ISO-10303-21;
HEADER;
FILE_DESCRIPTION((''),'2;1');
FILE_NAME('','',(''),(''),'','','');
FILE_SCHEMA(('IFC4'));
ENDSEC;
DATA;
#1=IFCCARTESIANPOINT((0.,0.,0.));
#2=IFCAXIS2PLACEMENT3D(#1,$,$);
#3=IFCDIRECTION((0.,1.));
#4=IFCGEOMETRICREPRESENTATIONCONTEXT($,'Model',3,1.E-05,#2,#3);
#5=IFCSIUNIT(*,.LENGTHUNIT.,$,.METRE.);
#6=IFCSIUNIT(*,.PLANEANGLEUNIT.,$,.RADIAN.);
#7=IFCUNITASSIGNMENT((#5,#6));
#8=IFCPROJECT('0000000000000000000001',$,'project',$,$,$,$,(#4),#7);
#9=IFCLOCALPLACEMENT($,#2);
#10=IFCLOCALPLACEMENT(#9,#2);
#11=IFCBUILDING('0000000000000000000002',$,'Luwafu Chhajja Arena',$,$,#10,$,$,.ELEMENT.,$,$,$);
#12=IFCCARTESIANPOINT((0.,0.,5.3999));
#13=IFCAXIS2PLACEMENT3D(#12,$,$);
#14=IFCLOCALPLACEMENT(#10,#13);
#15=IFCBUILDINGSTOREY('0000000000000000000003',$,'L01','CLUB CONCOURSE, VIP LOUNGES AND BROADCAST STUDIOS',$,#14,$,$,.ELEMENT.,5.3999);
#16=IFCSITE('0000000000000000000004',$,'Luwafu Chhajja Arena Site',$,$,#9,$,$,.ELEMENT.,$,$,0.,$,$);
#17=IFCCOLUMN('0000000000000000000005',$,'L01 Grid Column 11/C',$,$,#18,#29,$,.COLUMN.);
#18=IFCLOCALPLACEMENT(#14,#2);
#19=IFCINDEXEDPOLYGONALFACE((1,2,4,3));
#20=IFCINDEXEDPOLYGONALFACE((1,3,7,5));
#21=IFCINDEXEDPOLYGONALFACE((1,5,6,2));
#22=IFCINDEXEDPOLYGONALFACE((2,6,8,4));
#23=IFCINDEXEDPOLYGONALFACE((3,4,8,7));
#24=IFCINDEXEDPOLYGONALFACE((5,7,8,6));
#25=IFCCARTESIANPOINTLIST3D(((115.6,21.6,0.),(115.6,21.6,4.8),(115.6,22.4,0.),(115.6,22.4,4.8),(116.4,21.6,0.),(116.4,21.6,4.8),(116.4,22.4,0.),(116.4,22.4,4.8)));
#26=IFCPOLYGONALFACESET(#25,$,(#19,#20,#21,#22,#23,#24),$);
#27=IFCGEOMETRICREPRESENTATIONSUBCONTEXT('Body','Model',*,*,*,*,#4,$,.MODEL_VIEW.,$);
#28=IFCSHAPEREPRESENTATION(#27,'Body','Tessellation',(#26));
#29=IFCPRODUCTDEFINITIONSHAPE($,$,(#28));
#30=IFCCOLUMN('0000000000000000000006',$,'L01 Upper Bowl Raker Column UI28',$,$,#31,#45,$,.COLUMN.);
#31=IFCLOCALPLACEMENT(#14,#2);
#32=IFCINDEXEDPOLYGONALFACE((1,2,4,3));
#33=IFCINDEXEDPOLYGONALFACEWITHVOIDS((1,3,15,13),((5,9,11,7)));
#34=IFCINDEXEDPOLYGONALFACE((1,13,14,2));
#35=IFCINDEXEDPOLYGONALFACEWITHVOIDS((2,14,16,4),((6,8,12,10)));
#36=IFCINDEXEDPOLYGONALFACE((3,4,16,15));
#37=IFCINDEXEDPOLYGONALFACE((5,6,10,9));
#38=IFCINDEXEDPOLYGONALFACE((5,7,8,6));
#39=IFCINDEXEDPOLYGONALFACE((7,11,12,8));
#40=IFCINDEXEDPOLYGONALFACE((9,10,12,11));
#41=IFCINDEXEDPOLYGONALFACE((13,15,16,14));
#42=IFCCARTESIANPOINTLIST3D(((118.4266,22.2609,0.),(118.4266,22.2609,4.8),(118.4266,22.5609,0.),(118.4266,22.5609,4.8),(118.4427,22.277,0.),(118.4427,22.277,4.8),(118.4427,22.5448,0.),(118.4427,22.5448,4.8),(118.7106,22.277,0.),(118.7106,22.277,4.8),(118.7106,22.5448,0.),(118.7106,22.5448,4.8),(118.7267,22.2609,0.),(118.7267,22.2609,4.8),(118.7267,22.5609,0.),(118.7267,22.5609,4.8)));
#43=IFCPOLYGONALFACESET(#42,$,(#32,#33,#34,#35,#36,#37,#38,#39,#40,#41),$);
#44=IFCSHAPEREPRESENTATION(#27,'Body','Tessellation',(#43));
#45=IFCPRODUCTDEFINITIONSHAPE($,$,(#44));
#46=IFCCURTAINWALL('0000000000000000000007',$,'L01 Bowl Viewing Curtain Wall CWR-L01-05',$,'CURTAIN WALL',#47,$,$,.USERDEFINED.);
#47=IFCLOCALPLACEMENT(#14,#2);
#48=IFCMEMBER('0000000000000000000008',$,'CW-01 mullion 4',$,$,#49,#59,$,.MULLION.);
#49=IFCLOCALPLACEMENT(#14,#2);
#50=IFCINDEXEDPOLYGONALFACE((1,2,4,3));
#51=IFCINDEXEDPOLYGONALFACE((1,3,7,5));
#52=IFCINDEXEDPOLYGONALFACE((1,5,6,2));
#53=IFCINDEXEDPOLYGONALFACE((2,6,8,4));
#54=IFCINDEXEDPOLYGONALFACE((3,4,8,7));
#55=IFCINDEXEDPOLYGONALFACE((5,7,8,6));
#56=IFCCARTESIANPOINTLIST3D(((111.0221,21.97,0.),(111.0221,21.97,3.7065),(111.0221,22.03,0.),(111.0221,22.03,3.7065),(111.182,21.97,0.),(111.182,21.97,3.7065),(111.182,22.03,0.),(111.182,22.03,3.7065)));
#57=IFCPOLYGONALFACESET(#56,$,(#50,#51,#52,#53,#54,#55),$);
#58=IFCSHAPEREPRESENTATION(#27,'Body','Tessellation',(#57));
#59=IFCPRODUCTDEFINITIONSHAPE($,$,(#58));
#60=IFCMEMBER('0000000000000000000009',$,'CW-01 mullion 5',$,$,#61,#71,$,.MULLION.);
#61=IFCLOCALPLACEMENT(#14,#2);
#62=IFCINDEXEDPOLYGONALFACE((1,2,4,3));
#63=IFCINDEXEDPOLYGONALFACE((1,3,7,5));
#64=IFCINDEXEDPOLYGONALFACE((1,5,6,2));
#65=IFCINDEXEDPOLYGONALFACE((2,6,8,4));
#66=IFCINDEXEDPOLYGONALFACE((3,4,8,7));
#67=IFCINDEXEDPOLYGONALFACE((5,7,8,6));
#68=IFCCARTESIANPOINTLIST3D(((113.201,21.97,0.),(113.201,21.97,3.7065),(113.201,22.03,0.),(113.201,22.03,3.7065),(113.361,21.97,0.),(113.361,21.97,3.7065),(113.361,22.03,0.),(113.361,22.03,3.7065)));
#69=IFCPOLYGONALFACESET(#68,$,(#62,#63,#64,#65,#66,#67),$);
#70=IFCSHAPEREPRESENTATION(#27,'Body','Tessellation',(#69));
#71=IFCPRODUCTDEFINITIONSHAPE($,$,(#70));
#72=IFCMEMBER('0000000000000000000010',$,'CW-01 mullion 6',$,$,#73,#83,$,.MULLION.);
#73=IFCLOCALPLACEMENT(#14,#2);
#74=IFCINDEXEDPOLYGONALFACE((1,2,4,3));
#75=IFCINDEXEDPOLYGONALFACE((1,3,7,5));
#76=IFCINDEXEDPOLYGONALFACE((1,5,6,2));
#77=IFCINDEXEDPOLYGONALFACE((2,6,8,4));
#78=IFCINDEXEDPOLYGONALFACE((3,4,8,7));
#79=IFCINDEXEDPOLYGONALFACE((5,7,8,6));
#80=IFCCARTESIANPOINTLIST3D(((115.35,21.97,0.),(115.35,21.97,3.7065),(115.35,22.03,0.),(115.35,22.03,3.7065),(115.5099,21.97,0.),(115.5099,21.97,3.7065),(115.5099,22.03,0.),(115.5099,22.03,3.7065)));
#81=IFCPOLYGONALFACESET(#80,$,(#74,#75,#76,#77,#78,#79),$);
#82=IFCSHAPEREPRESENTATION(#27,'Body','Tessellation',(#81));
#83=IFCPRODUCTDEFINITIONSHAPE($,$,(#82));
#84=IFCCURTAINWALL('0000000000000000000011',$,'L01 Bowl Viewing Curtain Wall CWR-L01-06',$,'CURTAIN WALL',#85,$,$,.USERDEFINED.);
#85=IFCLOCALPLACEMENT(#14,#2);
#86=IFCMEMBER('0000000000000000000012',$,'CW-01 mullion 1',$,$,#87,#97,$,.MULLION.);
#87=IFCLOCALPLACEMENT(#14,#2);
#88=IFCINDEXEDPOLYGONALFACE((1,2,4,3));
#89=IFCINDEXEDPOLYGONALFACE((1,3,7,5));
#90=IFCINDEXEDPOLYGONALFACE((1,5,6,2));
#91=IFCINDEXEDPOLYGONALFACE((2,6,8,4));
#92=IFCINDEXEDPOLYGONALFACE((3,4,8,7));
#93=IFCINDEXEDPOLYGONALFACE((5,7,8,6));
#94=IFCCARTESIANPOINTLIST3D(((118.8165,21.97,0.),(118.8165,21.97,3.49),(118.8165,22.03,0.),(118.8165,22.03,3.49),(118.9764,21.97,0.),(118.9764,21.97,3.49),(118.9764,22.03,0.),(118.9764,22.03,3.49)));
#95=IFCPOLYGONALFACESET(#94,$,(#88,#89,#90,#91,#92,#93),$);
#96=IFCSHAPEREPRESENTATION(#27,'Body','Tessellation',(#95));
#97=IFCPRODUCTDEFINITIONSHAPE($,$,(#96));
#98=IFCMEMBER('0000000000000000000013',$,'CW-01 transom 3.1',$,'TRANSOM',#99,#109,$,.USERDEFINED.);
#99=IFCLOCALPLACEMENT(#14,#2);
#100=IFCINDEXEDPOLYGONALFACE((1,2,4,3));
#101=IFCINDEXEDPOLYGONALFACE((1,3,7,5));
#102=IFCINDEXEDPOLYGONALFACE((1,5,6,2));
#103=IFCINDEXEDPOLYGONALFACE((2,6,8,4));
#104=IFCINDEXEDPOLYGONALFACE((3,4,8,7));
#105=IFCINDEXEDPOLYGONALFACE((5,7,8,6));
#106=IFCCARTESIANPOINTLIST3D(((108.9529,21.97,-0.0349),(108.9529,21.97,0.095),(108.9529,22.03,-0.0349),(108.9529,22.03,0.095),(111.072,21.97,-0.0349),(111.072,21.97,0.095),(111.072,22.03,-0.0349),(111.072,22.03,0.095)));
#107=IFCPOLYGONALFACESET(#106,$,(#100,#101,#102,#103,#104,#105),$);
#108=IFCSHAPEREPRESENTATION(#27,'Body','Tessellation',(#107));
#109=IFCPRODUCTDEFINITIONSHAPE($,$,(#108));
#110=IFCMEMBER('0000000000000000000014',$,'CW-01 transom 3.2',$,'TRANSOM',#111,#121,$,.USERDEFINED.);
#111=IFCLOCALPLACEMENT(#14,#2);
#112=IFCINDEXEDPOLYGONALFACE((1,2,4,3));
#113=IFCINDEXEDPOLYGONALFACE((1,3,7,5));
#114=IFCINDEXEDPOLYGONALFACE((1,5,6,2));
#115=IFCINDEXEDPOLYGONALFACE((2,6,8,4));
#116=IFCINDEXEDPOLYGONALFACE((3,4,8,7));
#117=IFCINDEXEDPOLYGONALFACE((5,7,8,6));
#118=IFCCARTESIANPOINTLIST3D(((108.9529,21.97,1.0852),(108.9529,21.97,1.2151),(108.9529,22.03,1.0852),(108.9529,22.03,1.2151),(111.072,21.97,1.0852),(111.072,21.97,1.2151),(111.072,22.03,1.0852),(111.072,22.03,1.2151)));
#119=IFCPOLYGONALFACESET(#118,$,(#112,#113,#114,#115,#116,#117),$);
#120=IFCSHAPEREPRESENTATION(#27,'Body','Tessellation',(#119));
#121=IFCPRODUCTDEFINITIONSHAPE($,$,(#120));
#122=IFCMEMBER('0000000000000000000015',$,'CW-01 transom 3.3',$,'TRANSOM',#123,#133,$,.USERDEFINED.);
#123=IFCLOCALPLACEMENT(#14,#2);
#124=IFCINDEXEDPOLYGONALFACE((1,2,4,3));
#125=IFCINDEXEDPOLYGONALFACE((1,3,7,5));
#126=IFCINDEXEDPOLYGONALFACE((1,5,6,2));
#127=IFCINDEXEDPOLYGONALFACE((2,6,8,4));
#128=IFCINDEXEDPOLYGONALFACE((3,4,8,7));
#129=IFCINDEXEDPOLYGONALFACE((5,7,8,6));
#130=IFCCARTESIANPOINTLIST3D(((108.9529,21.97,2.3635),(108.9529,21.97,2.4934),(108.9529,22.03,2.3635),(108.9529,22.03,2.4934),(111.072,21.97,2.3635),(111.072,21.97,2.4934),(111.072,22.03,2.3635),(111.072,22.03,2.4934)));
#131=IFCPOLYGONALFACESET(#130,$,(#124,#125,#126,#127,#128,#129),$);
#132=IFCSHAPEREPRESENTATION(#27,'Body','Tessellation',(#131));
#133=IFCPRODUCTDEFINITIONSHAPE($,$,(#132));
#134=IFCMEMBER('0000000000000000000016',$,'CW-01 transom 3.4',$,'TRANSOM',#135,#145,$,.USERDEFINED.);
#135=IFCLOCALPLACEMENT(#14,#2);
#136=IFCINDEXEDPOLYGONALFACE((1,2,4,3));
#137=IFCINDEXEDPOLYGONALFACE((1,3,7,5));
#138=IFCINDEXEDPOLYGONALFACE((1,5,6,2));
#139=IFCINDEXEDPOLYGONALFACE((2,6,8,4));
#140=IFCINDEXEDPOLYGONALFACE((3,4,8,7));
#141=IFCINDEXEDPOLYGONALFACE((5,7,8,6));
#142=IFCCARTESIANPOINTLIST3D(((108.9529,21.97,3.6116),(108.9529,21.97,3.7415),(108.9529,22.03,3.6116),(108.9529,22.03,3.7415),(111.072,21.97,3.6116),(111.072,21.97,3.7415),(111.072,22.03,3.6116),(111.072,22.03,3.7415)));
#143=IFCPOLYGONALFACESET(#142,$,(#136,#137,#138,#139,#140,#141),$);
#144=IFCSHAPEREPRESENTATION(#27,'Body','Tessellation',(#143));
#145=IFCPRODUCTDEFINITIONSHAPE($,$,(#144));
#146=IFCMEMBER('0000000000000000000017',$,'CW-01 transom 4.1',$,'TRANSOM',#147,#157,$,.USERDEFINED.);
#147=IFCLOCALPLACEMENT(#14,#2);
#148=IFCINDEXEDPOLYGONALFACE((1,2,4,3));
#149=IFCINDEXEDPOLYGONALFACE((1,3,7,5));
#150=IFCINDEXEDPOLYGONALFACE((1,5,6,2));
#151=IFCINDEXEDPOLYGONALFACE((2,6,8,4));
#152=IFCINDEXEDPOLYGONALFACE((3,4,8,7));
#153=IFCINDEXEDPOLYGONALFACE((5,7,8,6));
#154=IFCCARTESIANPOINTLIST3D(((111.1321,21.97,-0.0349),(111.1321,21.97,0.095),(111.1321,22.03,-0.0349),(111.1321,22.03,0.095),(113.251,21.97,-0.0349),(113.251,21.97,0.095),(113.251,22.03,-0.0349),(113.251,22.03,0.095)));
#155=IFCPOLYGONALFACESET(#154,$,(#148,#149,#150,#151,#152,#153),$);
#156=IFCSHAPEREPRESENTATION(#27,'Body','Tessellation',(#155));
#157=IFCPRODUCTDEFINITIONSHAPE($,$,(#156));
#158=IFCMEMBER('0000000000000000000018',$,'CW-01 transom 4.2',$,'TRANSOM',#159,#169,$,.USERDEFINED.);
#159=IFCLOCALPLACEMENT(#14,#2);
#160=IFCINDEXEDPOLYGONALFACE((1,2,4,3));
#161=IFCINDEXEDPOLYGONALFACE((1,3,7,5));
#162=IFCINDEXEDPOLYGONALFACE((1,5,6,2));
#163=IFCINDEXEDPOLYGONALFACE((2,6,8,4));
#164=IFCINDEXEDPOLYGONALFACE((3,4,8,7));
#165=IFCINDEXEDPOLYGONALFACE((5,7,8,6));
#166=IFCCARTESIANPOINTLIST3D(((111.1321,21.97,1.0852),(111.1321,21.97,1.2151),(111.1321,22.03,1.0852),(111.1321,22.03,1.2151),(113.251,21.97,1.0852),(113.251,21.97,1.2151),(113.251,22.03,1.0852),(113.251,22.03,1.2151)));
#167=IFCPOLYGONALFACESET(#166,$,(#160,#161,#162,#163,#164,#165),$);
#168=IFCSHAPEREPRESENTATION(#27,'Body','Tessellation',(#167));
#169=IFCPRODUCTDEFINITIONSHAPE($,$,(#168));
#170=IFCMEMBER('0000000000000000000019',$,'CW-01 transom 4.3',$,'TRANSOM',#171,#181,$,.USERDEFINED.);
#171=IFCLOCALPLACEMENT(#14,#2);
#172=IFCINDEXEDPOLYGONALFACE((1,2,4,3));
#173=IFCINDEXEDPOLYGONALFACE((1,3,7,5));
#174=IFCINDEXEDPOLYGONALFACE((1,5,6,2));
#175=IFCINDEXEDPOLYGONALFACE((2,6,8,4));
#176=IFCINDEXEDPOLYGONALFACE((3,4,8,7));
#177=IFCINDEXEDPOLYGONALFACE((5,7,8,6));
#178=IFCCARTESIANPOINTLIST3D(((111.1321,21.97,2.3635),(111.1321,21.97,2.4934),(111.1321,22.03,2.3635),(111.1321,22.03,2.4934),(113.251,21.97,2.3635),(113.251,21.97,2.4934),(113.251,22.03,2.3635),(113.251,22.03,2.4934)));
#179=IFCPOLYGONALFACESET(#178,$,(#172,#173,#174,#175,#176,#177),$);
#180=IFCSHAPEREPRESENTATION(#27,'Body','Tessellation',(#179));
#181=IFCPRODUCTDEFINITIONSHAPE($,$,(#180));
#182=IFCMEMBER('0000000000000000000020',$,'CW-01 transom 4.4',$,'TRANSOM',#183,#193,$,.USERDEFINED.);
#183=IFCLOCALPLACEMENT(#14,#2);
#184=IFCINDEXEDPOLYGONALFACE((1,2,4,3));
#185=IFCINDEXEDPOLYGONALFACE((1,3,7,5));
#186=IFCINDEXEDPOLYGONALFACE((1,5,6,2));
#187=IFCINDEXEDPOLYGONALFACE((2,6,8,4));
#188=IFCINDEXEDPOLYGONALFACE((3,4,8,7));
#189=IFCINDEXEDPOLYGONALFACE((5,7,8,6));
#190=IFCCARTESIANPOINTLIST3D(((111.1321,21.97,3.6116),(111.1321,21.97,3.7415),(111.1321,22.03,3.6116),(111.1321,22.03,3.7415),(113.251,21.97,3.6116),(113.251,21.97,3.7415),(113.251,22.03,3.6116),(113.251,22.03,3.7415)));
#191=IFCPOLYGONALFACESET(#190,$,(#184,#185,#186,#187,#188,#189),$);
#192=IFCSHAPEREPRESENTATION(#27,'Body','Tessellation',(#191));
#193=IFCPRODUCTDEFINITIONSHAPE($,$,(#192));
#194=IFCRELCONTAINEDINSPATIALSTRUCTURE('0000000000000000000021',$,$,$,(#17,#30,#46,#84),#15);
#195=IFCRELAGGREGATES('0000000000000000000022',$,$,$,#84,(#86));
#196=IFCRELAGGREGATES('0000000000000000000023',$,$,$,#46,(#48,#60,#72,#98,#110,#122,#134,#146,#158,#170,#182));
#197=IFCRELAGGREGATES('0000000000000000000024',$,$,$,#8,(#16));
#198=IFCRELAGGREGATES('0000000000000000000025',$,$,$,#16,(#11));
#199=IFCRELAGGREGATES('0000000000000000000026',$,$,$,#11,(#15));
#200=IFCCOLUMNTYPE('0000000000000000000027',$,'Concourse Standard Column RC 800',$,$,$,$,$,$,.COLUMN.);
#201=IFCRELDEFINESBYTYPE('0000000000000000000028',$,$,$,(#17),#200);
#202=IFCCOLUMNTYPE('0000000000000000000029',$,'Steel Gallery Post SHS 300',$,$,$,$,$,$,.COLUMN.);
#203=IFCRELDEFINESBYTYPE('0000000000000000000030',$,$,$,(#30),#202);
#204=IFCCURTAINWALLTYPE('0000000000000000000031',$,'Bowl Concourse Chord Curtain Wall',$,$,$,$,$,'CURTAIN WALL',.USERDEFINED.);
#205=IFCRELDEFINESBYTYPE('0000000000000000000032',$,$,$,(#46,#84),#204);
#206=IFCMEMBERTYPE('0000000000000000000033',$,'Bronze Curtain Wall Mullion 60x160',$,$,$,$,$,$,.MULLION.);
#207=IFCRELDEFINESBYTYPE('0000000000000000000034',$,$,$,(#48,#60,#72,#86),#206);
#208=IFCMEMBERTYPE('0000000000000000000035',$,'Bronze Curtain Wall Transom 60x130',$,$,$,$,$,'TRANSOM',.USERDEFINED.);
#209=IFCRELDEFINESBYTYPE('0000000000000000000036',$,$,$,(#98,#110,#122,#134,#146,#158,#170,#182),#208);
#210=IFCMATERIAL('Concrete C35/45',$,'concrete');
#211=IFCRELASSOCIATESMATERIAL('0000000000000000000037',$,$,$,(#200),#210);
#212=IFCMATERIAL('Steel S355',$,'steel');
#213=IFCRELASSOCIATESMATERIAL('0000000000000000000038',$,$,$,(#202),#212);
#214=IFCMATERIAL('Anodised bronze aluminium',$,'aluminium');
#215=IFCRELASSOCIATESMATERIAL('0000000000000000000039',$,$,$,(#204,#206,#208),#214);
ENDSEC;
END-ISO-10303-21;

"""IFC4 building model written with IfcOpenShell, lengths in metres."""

from ifc_helpers import new_model, si_unit, direction, frame, origin, origin_2d, place, context, subcontext, project, spatial, rectangle, hollow_rectangle, extrude, material, material_profile, profile_set, type_object, element, aggregate, save


model = new_model("IFC4")

# Units and contexts
model_context = context("Model", 3, precision=1e-05, world=origin(), true_north=direction((0.0, 1.0)))
body_context = subcontext(model_context, "Body", "Model", "MODEL_VIEW")
ifc_project = project(units=[si_unit("LENGTHUNIT", "METRE"), si_unit("PLANEANGLEUNIT", "RADIAN")], contexts=[model_context])

# Site, building, storey
site_placement = place(None, origin())
site = spatial("IfcSite", under=ifc_project, at=site_placement, Name="Luwafu Chhajja Arena Site", CompositionType="ELEMENT", RefElevation=0.0)
building_placement = place(site_placement, origin())
building = spatial("IfcBuilding", under=site, at=building_placement, Name="Luwafu Chhajja Arena", CompositionType="ELEMENT")
storey_placement = place(building_placement, frame((0.0, 0.0, 5.3999)))
storey = spatial("IfcBuildingStorey", under=building, at=storey_placement, Name="L01", Description="CLUB CONCOURSE, VIP LOUNGES AND BROADCAST STUDIOS", CompositionType="ELEMENT", Elevation=5.3999)

# Columns
ifc_material_1 = material(Name="Concrete C35/45", Category="concrete")
ifc_material_profile_1 = material_profile(ifc_material_1, rectangle(XDim=0.8, YDim=0.8, at=origin_2d()), Name="RC 800x800")
ifc_profile_set_1 = profile_set([ifc_material_profile_1], Name="Concrete C35/45")
column_type_1 = type_object("IfcColumnType", Name="Concourse Standard Column RC 800", PredefinedType="COLUMN", material=ifc_profile_set_1)
column_1_placement = place(storey_placement, frame((116.0, 22.0, 0.0), z_axis=(0.0, 0.0, 1.0), x_axis=(1.0, 0.0, 0.0)))
element("IfcColumn", 1, at=column_1_placement, inside=storey, type_object=column_type_1, Name="L01 Grid Column 11/C", PredefinedType="COLUMN", context=body_context, shape_type="SweptSolid", body=[
    extrude(rectangle(XDim=0.8, YDim=0.8, at=origin_2d()), origin(), (0.0, 0.0, 1.0), 4.8),
])
ifc_material_2 = material(Name="Steel S355", Category="steel")
ifc_material_profile_2 = material_profile(ifc_material_2, hollow_rectangle(XDim=0.3, YDim=0.3, WallThickness=0.0161, at=origin_2d()), Name="SHS 300x300x16")
ifc_profile_set_2 = profile_set([ifc_material_profile_2], Name="Steel S355")
column_type_2 = type_object("IfcColumnType", Name="Steel Gallery Post SHS 300", PredefinedType="COLUMN", material=ifc_profile_set_2)
column_2_placement = place(storey_placement, frame((118.5767, 22.4109, 0.0), z_axis=(0.0, 0.0, 1.0), x_axis=(1.0, 0.0, 0.0)))
element("IfcColumn", 2, at=column_2_placement, inside=storey, type_object=column_type_2, Name="L01 Upper Bowl Raker Column UI28", PredefinedType="COLUMN", context=body_context, shape_type="SweptSolid", body=[
    extrude(hollow_rectangle(XDim=0.3, YDim=0.3, WallThickness=0.0161, at=origin_2d()), origin(), (0.0, 0.0, 1.0), 4.8),
])

# Curtain wall, members
ifc_material_3 = material(Name="Anodised bronze aluminium", Category="aluminium")
curtain_wall_type = type_object("IfcCurtainWallType", Name="Bowl Concourse Chord Curtain Wall", ElementType="CURTAIN WALL", PredefinedType="USERDEFINED", material=ifc_material_3)
curtain_wall_1_placement = place(storey_placement, origin())
curtain_wall_1 = element("IfcCurtainWall", 3, at=curtain_wall_1_placement, inside=storey, type_object=curtain_wall_type, Name="L01 Bowl Viewing Curtain Wall CWR-L01-05", ObjectType="CURTAIN WALL", PredefinedType="USERDEFINED")
ifc_material_profile_3 = material_profile(ifc_material_3, rectangle(XDim=0.0601, YDim=0.1599, at=origin_2d()), Name="CWM 60x160")
ifc_profile_set_3 = profile_set([ifc_material_profile_3], Name="Anodised bronze aluminium")
member_type_1 = type_object("IfcMemberType", Name="Bronze Curtain Wall Mullion 60x160", PredefinedType="MULLION", material=ifc_profile_set_3)
member_1_placement = place(storey_placement, frame((111.1021, 22.0, 0.0), z_axis=(0.0, 0.0, 1.0), x_axis=(0.0, 1.0, 0.0)))
member_1 = element("IfcMember", 4, at=member_1_placement, type_object=member_type_1, Name="CW-01 mullion 4", PredefinedType="MULLION", context=body_context, shape_type="SweptSolid", body=[
    extrude(rectangle(XDim=0.0601, YDim=0.1599, at=origin_2d()), origin(), (0.0, 0.0, 1.0), 3.7065),
])
member_2_placement = place(storey_placement, frame((113.281, 22.0, 0.0), z_axis=(0.0, 0.0, 1.0), x_axis=(0.0, 1.0, 0.0)))
member_2 = element("IfcMember", 5, at=member_2_placement, type_object=member_type_1, Name="CW-01 mullion 5", PredefinedType="MULLION", context=body_context, shape_type="SweptSolid", body=[
    extrude(rectangle(XDim=0.0601, YDim=0.1599, at=origin_2d()), origin(), (0.0, 0.0, 1.0), 3.7065),
])
member_3_placement = place(storey_placement, frame((115.4299, 22.0, 0.0), z_axis=(0.0, 0.0, 1.0), x_axis=(0.0, 1.0, 0.0)))
member_3 = element("IfcMember", 6, at=member_3_placement, type_object=member_type_1, Name="CW-01 mullion 6", PredefinedType="MULLION", context=body_context, shape_type="SweptSolid", body=[
    extrude(rectangle(XDim=0.0601, YDim=0.1599, at=origin_2d()), origin(), (0.0, 0.0, 1.0), 3.7065),
])

# Curtain wall, member
curtain_wall_2_placement = place(storey_placement, origin())
curtain_wall_2 = element("IfcCurtainWall", 7, at=curtain_wall_2_placement, inside=storey, type_object=curtain_wall_type, Name="L01 Bowl Viewing Curtain Wall CWR-L01-06", ObjectType="CURTAIN WALL", PredefinedType="USERDEFINED")
member_4_placement = place(storey_placement, frame((118.8965, 22.0, 0.0), z_axis=(0.0, 0.0, 1.0), x_axis=(0.0, 1.0, 0.0)))
member_4 = element("IfcMember", 8, at=member_4_placement, type_object=member_type_1, Name="CW-01 mullion 1", PredefinedType="MULLION", context=body_context, shape_type="SweptSolid", body=[
    extrude(rectangle(XDim=0.0601, YDim=0.1599, at=origin_2d()), origin(), (0.0, 0.0, 1.0), 3.49),
])
aggregate(curtain_wall_2, [member_4])

# Members
ifc_material_profile_4 = material_profile(ifc_material_3, rectangle(XDim=0.0601, YDim=0.1299, at=origin_2d()), Name="CWT 60x130")
ifc_profile_set_4 = profile_set([ifc_material_profile_4], Name="Anodised bronze aluminium")
member_type_2 = type_object("IfcMemberType", Name="Bronze Curtain Wall Transom 60x130", ElementType="TRANSOM", PredefinedType="USERDEFINED", material=ifc_profile_set_4)
member_5_placement = place(storey_placement, frame((108.9529, 22.0, 0.03), z_axis=(1.0, 0.0, 0.0), x_axis=(0.0, 1.0, 0.0)))
member_5 = element("IfcMember", 9, at=member_5_placement, type_object=member_type_2, Name="CW-01 transom 3.1", ObjectType="TRANSOM", PredefinedType="USERDEFINED", context=body_context, shape_type="SweptSolid", body=[
    extrude(rectangle(XDim=0.0601, YDim=0.1299, at=origin_2d()), origin(), (0.0, 0.0, 1.0), 2.1191),
])
member_6_placement = place(storey_placement, frame((108.9529, 22.0, 1.1501), z_axis=(1.0, 0.0, 0.0), x_axis=(0.0, 1.0, 0.0)))
member_6 = element("IfcMember", 10, at=member_6_placement, type_object=member_type_2, Name="CW-01 transom 3.2", ObjectType="TRANSOM", PredefinedType="USERDEFINED", context=body_context, shape_type="SweptSolid", body=[
    extrude(rectangle(XDim=0.0601, YDim=0.1299, at=origin_2d()), origin(), (0.0, 0.0, 1.0), 2.1191),
])
member_7_placement = place(storey_placement, frame((108.9529, 22.0, 2.4285), z_axis=(1.0, 0.0, 0.0), x_axis=(0.0, 1.0, 0.0)))
member_7 = element("IfcMember", 11, at=member_7_placement, type_object=member_type_2, Name="CW-01 transom 3.3", ObjectType="TRANSOM", PredefinedType="USERDEFINED", context=body_context, shape_type="SweptSolid", body=[
    extrude(rectangle(XDim=0.0601, YDim=0.1299, at=origin_2d()), origin(), (0.0, 0.0, 1.0), 2.1191),
])
member_8_placement = place(storey_placement, frame((108.9529, 22.0, 3.6765), z_axis=(1.0, 0.0, 0.0), x_axis=(0.0, 1.0, 0.0)))
member_8 = element("IfcMember", 12, at=member_8_placement, type_object=member_type_2, Name="CW-01 transom 3.4", ObjectType="TRANSOM", PredefinedType="USERDEFINED", context=body_context, shape_type="SweptSolid", body=[
    extrude(rectangle(XDim=0.0601, YDim=0.1299, at=origin_2d()), origin(), (0.0, 0.0, 1.0), 2.1191),
])
member_9_placement = place(storey_placement, frame((111.1321, 22.0, 0.03), z_axis=(1.0, 0.0, 0.0), x_axis=(0.0, 1.0, 0.0)))
member_9 = element("IfcMember", 13, at=member_9_placement, type_object=member_type_2, Name="CW-01 transom 4.1", ObjectType="TRANSOM", PredefinedType="USERDEFINED", context=body_context, shape_type="SweptSolid", body=[
    extrude(rectangle(XDim=0.0601, YDim=0.1299, at=origin_2d()), origin(), (0.0, 0.0, 1.0), 2.1189),
])
member_10_placement = place(storey_placement, frame((111.1321, 22.0, 1.1501), z_axis=(1.0, 0.0, 0.0), x_axis=(0.0, 1.0, 0.0)))
member_10 = element("IfcMember", 14, at=member_10_placement, type_object=member_type_2, Name="CW-01 transom 4.2", ObjectType="TRANSOM", PredefinedType="USERDEFINED", context=body_context, shape_type="SweptSolid", body=[
    extrude(rectangle(XDim=0.0601, YDim=0.1299, at=origin_2d()), origin(), (0.0, 0.0, 1.0), 2.1189),
])
member_11_placement = place(storey_placement, frame((111.1321, 22.0, 2.4285), z_axis=(1.0, 0.0, 0.0), x_axis=(0.0, 1.0, 0.0)))
member_11 = element("IfcMember", 15, at=member_11_placement, type_object=member_type_2, Name="CW-01 transom 4.3", ObjectType="TRANSOM", PredefinedType="USERDEFINED", context=body_context, shape_type="SweptSolid", body=[
    extrude(rectangle(XDim=0.0601, YDim=0.1299, at=origin_2d()), origin(), (0.0, 0.0, 1.0), 2.1189),
])
member_12_placement = place(storey_placement, frame((111.1321, 22.0, 3.6765), z_axis=(1.0, 0.0, 0.0), x_axis=(0.0, 1.0, 0.0)))
member_12 = element("IfcMember", 16, at=member_12_placement, type_object=member_type_2, Name="CW-01 transom 4.4", ObjectType="TRANSOM", PredefinedType="USERDEFINED", context=body_context, shape_type="SweptSolid", body=[
    extrude(rectangle(XDim=0.0601, YDim=0.1299, at=origin_2d()), origin(), (0.0, 0.0, 1.0), 2.1189),
])

aggregate(curtain_wall_1, [member_1, member_2, member_3, member_5, member_6, member_7, member_8, member_9, member_10, member_11, member_12])

save(model, "model.ifc")
